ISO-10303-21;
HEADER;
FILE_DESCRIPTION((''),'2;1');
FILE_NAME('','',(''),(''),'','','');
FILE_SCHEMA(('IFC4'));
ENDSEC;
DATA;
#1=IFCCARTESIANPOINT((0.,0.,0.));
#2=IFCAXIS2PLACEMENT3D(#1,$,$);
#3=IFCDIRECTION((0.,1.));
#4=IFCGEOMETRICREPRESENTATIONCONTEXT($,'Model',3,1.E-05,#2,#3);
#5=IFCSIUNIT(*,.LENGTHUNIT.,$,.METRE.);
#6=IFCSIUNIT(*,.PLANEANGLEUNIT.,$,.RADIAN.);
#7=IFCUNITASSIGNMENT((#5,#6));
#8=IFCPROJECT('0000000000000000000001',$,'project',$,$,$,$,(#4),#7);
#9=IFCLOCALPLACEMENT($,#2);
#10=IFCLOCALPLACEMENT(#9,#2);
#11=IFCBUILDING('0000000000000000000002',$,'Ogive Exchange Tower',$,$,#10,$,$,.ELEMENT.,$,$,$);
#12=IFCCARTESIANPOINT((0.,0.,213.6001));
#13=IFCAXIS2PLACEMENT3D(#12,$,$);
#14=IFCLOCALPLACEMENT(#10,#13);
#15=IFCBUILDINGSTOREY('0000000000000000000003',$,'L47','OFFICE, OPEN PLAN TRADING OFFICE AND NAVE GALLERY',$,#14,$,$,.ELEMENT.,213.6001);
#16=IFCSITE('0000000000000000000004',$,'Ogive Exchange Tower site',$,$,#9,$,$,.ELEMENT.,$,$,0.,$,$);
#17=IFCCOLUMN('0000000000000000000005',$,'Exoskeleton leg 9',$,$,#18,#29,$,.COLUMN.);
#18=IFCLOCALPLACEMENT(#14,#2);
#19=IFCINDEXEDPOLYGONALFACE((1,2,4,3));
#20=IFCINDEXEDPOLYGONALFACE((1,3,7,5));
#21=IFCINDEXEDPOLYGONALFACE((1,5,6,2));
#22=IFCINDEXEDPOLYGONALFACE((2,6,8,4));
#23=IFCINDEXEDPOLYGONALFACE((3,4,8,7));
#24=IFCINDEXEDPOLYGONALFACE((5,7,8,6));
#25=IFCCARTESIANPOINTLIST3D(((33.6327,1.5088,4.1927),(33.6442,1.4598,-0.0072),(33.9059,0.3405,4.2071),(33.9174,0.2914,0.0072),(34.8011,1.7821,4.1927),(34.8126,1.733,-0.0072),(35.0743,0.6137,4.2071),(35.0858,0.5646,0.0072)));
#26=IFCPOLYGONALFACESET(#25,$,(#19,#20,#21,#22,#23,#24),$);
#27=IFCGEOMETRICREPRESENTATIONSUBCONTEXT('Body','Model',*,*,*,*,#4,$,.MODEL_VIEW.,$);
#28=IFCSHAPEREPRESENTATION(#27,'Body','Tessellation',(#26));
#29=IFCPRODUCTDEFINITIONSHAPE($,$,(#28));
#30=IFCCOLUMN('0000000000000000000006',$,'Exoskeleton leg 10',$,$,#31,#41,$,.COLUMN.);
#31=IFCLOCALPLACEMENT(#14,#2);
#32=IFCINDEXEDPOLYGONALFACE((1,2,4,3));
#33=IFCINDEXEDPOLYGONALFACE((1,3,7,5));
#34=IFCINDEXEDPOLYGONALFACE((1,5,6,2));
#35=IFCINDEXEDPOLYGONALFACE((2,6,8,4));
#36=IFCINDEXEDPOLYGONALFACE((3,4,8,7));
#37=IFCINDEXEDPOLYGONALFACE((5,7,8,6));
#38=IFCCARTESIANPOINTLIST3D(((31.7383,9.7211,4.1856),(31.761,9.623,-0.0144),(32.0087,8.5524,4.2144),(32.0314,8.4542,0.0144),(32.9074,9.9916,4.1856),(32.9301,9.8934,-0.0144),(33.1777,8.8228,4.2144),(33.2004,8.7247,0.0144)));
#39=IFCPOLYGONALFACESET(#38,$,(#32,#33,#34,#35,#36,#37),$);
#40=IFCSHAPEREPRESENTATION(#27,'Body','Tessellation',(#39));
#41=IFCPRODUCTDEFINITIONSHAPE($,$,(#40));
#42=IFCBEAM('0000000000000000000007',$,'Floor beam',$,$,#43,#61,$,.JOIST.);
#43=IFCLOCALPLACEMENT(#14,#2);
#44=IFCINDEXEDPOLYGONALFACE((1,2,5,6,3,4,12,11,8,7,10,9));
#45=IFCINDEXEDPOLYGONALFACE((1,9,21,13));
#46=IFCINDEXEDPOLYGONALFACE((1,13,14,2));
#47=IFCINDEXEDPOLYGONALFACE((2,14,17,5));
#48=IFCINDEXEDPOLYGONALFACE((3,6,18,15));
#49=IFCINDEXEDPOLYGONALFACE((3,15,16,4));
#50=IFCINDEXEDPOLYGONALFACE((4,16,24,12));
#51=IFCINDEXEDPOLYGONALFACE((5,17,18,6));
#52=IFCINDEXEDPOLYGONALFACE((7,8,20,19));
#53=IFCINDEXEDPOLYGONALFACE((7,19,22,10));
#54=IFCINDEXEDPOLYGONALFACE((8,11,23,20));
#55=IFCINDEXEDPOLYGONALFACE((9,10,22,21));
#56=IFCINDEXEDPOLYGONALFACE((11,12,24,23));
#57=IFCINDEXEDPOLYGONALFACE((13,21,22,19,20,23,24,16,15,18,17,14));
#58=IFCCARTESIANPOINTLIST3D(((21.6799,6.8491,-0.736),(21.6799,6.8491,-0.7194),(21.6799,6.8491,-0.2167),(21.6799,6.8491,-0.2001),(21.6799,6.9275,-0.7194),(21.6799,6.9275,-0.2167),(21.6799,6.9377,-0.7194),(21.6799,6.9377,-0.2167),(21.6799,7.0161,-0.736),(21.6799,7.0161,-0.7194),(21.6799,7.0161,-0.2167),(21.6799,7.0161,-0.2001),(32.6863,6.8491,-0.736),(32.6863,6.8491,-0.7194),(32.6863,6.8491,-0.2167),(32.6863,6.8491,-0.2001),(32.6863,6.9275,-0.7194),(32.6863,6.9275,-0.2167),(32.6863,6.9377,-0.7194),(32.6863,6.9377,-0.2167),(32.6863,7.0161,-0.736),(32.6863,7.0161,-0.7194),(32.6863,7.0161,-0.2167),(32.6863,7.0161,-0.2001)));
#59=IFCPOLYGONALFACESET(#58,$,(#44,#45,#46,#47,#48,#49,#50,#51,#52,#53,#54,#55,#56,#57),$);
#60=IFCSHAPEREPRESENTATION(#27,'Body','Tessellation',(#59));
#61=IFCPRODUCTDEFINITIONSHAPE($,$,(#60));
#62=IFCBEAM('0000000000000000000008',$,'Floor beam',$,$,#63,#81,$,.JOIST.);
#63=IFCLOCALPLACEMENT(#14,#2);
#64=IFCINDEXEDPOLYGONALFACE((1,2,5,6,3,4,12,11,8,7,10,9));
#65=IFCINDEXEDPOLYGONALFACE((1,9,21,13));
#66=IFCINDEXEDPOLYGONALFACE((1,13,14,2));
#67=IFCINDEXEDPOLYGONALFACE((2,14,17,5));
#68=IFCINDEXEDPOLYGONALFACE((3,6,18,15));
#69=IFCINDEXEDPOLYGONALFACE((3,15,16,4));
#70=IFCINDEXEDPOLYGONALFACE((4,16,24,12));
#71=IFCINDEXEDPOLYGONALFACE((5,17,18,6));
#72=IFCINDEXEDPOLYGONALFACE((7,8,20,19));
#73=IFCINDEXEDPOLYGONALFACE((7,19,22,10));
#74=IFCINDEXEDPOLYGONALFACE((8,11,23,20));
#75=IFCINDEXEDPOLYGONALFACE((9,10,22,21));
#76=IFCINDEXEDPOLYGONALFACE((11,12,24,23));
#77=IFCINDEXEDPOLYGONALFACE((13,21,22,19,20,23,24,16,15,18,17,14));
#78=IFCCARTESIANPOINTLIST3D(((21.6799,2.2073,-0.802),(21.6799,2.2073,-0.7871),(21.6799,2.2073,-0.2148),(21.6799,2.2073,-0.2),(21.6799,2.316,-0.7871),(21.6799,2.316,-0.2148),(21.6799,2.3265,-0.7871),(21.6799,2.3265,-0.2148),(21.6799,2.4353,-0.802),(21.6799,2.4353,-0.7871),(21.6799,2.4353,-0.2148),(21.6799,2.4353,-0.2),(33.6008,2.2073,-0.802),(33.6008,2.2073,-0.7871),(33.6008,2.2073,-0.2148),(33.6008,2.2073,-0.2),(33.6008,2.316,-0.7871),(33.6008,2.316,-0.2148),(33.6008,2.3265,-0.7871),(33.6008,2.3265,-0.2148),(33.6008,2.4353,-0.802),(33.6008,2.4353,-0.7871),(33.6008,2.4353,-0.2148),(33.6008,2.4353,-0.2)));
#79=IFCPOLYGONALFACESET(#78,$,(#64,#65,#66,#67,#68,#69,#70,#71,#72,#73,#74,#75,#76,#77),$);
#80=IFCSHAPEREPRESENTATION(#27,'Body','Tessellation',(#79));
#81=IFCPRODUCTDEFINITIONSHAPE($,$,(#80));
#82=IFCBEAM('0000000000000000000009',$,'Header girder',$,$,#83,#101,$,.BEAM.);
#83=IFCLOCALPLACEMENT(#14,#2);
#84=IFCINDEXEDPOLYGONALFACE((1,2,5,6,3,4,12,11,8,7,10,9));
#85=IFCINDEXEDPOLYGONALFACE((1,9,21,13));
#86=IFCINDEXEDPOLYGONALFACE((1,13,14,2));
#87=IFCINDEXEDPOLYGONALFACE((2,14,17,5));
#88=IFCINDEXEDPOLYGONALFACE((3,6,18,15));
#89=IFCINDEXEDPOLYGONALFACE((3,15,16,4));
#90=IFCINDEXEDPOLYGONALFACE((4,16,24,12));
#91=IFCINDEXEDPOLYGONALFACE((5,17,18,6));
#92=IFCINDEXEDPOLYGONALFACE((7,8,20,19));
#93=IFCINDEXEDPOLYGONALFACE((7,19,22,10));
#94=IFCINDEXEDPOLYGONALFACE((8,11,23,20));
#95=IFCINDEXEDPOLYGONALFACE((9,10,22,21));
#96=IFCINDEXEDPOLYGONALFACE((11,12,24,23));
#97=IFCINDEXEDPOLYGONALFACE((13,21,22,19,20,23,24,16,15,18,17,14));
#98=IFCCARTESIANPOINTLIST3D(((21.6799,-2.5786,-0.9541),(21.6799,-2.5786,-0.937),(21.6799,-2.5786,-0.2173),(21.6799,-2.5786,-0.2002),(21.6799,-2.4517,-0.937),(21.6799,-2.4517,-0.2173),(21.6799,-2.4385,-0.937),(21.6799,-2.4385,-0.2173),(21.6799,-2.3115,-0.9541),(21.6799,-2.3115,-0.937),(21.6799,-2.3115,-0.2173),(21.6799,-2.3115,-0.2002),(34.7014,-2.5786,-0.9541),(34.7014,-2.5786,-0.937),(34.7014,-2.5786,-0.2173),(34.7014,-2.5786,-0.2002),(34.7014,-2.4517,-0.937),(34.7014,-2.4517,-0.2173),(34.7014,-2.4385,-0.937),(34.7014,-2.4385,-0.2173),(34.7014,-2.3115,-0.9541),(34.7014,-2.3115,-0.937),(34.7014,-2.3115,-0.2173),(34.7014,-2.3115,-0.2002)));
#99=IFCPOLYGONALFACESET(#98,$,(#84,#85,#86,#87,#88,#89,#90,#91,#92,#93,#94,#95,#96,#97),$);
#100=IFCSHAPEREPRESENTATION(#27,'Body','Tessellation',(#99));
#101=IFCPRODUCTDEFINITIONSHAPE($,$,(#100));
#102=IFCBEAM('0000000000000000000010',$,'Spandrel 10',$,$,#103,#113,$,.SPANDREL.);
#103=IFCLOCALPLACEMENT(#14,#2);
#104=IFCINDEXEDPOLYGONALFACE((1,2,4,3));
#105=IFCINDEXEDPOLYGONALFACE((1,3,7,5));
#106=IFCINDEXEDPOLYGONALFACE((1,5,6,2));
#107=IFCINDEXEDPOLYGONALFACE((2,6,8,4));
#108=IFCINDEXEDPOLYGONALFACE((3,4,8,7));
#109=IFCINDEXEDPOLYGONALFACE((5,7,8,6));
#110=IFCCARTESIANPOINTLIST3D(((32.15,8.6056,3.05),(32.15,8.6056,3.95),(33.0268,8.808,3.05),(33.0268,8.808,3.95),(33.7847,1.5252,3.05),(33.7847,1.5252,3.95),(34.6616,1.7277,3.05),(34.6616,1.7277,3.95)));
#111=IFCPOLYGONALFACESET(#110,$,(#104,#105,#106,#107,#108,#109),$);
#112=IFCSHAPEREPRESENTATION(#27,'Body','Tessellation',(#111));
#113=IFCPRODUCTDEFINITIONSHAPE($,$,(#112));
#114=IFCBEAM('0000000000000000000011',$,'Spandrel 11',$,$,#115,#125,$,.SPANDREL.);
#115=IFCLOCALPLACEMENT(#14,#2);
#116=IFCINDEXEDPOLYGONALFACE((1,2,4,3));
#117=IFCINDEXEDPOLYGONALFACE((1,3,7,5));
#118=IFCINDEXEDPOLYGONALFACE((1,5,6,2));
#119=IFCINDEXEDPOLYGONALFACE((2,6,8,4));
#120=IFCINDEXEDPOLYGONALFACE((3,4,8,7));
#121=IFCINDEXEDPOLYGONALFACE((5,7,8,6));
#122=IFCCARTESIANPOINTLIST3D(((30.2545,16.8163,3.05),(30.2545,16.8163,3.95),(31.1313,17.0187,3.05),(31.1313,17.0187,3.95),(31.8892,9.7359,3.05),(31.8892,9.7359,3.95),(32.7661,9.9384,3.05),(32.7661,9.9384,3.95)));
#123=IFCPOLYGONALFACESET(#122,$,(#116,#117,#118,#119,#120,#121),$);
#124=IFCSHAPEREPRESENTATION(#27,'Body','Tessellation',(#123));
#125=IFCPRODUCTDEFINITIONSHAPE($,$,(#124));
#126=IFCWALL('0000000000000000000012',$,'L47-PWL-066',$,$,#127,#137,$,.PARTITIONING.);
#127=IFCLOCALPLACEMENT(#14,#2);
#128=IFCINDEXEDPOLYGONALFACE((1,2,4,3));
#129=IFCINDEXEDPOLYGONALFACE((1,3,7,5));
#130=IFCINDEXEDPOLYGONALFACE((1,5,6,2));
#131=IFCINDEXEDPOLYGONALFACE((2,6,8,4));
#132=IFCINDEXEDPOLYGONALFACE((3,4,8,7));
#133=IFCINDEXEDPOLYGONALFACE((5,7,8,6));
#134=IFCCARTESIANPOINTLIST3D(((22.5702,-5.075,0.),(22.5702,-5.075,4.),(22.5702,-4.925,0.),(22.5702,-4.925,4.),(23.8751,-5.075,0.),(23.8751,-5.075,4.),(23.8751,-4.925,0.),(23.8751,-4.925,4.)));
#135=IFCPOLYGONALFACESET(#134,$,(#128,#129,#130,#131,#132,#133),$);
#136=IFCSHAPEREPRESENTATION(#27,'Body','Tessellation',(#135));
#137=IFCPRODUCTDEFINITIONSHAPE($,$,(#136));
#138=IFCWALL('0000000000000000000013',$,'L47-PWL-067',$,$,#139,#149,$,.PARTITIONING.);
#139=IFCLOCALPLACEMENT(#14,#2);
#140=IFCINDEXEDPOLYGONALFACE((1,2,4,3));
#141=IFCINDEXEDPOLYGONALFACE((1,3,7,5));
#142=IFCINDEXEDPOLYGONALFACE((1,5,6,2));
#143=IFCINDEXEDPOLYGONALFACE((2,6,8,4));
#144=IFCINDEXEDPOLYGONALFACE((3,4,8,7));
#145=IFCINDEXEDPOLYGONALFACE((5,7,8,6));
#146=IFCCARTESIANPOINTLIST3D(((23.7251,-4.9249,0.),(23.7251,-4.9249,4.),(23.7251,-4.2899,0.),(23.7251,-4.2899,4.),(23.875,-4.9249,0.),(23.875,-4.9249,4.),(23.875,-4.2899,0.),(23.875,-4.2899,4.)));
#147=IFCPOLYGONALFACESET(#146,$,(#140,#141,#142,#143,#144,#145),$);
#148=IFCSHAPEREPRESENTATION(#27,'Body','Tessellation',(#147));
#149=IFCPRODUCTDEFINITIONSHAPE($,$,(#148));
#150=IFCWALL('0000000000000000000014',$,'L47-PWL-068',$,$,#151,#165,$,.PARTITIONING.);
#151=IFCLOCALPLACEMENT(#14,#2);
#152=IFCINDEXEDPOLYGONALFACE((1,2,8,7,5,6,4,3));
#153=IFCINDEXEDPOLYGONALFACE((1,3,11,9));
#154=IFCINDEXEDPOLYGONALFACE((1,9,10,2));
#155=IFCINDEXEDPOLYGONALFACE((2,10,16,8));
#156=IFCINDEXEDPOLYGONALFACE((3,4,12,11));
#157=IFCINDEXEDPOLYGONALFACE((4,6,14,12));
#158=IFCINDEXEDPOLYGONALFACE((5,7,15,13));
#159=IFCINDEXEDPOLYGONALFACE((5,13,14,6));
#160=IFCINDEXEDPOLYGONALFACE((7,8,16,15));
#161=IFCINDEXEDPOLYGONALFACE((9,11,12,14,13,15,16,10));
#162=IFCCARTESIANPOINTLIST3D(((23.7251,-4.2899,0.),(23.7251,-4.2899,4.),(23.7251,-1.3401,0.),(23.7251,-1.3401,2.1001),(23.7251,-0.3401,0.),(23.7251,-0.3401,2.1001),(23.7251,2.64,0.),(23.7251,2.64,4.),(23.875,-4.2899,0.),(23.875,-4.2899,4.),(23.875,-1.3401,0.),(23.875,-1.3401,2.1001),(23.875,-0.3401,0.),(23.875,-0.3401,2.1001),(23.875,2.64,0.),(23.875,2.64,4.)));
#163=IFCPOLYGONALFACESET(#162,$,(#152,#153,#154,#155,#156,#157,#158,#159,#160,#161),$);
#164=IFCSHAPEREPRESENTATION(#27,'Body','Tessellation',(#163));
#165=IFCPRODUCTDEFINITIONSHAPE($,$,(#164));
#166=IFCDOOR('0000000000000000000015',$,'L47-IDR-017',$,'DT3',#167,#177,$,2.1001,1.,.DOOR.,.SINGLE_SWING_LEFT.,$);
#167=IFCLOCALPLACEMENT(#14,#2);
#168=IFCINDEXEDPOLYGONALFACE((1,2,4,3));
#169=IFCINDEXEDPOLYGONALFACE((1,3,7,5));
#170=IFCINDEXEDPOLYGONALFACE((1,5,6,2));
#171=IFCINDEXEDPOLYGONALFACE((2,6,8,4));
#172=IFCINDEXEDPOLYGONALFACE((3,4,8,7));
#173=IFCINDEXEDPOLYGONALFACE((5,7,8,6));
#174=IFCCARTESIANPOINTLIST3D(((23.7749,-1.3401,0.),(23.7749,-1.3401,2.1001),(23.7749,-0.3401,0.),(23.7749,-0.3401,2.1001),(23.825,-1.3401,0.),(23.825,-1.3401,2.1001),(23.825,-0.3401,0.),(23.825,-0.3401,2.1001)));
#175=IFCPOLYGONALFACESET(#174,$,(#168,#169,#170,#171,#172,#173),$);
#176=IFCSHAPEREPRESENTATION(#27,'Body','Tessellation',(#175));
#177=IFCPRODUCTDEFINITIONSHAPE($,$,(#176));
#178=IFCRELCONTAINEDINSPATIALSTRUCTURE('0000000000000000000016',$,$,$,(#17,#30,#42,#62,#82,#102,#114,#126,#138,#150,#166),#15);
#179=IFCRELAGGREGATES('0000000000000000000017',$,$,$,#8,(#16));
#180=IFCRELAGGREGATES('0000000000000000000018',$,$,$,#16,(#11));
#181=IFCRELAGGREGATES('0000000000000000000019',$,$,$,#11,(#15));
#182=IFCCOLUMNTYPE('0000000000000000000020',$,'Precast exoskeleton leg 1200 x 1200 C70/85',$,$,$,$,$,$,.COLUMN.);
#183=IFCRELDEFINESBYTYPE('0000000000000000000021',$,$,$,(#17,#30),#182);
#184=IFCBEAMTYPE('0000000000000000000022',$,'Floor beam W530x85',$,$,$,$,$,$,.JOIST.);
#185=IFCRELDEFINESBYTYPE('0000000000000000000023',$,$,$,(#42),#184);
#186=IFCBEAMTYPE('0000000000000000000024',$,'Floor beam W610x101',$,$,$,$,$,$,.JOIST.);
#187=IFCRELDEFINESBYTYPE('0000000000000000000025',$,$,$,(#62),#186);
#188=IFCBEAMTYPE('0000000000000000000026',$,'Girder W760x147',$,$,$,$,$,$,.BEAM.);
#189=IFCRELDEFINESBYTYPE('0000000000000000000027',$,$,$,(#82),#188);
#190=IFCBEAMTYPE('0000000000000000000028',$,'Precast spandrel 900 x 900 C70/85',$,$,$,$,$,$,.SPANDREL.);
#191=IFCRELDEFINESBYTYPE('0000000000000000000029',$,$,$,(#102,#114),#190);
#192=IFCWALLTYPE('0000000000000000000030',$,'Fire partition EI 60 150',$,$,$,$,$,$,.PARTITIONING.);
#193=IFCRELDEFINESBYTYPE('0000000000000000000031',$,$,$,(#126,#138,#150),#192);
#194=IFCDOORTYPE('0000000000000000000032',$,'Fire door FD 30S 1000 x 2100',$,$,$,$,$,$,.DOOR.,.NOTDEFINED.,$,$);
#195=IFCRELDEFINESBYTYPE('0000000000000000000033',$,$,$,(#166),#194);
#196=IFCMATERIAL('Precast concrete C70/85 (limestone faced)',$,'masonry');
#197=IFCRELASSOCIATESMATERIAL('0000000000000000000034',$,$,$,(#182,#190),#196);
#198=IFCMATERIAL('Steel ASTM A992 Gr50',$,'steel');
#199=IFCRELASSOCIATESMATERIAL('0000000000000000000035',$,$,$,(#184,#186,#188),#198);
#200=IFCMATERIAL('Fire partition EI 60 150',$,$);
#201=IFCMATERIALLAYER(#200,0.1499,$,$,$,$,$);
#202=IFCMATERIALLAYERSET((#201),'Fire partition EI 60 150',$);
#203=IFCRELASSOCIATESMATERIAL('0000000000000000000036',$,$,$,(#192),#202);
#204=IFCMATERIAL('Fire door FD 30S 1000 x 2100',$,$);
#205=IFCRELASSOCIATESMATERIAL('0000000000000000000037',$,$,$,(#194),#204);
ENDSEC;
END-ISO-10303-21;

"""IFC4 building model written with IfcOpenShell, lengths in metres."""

from ifc_helpers import new_model, si_unit, direction, frame, frame_2d, origin, origin_2d, place, context, subcontext, project, spatial, rectangle, i_section, extrude, material, layer, layer_set, material_profile, profile_set, type_object, element, fill, save


model = new_model("IFC4")

# Units and contexts
model_context = context("Model", 3, precision=1e-05, world=origin(), true_north=direction((0.0, 1.0)))
body_context = subcontext(model_context, "Body", "Model", "MODEL_VIEW")
ifc_project = project(units=[si_unit("LENGTHUNIT", "METRE"), si_unit("PLANEANGLEUNIT", "RADIAN")], contexts=[model_context])

# Site, building, storey
site_placement = place(None, origin())
site = spatial("IfcSite", under=ifc_project, at=site_placement, Name="Ogive Exchange Tower site", CompositionType="ELEMENT", RefElevation=0.0)
building_placement = place(site_placement, origin())
building = spatial("IfcBuilding", under=site, at=building_placement, Name="Ogive Exchange Tower", CompositionType="ELEMENT")
storey_placement = place(building_placement, frame((0.0, 0.0, 213.6001)))
storey = spatial("IfcBuildingStorey", under=building, at=storey_placement, Name="L47", Description="OFFICE, OPEN PLAN TRADING OFFICE AND NAVE GALLERY", CompositionType="ELEMENT", Elevation=213.6001)

# Columns
ifc_material_1 = material(Name="Precast concrete C70/85 (limestone faced)", Category="masonry")
ifc_material_profile_1 = material_profile(ifc_material_1, rectangle(XDim=1.2, YDim=1.2, at=origin_2d()), Name="1200 x 1200")
ifc_profile_set_1 = profile_set([ifc_material_profile_1], Name="Precast concrete C70/85 (limestone faced)")
column_type = type_object("IfcColumnType", Name="Precast exoskeleton leg 1200 x 1200 C70/85", PredefinedType="COLUMN", material=ifc_profile_set_1)
column_1_placement = place(storey_placement, frame((34.365, 1.0122, 0.0), z_axis=(-0.002732, 0.011683, 0.999928), x_axis=(-0.973734, -0.227689, 0.0)))
element("IfcColumn", 1, at=column_1_placement, inside=storey, type_object=column_type, Name="Exoskeleton leg 9", PredefinedType="COLUMN", context=body_context, shape_type="SweptSolid", body=[
    extrude(rectangle(XDim=1.2, YDim=1.2, at=origin_2d()), origin(), (0.0, 0.0, 1.0), 4.2002),
])
column_2_placement = place(storey_placement, frame((32.4807, 9.1738, 0.0), z_axis=(-0.005404, 0.023361, 0.999712), x_axis=(-0.974269, -0.22539, 0.0)))
element("IfcColumn", 2, at=column_2_placement, inside=storey, type_object=column_type, Name="Exoskeleton leg 10", PredefinedType="COLUMN", context=body_context, shape_type="SweptSolid", body=[
    extrude(rectangle(XDim=1.2, YDim=1.2, at=origin_2d()), origin(), (0.0, 0.0, 1.0), 4.2012),
])

# Beams
ifc_material_2 = material(Name="Steel ASTM A992 Gr50", Category="steel")
ifc_material_profile_2 = material_profile(ifc_material_2, i_section(OverallWidth=0.167, OverallDepth=0.5359, WebThickness=0.0103, FlangeThickness=0.0166, at=origin_2d()), Name="W530x85")
ifc_profile_set_2 = profile_set([ifc_material_profile_2], Name="Steel ASTM A992 Gr50")
beam_type_1 = type_object("IfcBeamType", Name="Floor beam W530x85", PredefinedType="JOIST", material=ifc_profile_set_2)
beam_1_placement = place(storey_placement, frame((21.6799, 6.9326, -0.468), z_axis=(1.0, 0.0, 0.0), x_axis=(0.0, 1.0, 0.0)))
element("IfcBeam", 3, at=beam_1_placement, inside=storey, type_object=beam_type_1, Name="Floor beam", PredefinedType="JOIST", context=body_context, shape_type="SweptSolid", body=[
    extrude(i_section(OverallWidth=0.167, OverallDepth=0.5359, WebThickness=0.0103, FlangeThickness=0.0166, at=origin_2d()), origin(), (0.0, 0.0, 1.0), 11.0063),
])
ifc_material_profile_3 = material_profile(ifc_material_2, i_section(OverallWidth=0.228, OverallDepth=0.6021, WebThickness=0.0105, FlangeThickness=0.0149, at=origin_2d()), Name="W610x101")
ifc_profile_set_3 = profile_set([ifc_material_profile_3], Name="Steel ASTM A992 Gr50")
beam_type_2 = type_object("IfcBeamType", Name="Floor beam W610x101", PredefinedType="JOIST", material=ifc_profile_set_3)
beam_2_placement = place(storey_placement, frame((21.6799, 2.3213, -0.501), z_axis=(1.0, 0.0, 0.0), x_axis=(0.0, 1.0, 0.0)))
element("IfcBeam", 4, at=beam_2_placement, inside=storey, type_object=beam_type_2, Name="Floor beam", PredefinedType="JOIST", context=body_context, shape_type="SweptSolid", body=[
    extrude(i_section(OverallWidth=0.228, OverallDepth=0.6021, WebThickness=0.0105, FlangeThickness=0.0149, at=origin_2d()), origin(), (0.0, 0.0, 1.0), 11.9209),
])
ifc_material_profile_4 = material_profile(ifc_material_2, i_section(OverallWidth=0.2671, OverallDepth=0.7539, WebThickness=0.0132, FlangeThickness=0.0171, at=origin_2d()), Name="W760x147")
ifc_profile_set_4 = profile_set([ifc_material_profile_4], Name="Steel ASTM A992 Gr50")
beam_type_3 = type_object("IfcBeamType", Name="Girder W760x147", PredefinedType="BEAM", material=ifc_profile_set_4)
beam_3_placement = place(storey_placement, frame((21.6799, -2.4451, -0.5771), z_axis=(1.0, 0.0, 0.0), x_axis=(0.0, 1.0, 0.0)))
element("IfcBeam", 5, at=beam_3_placement, inside=storey, type_object=beam_type_3, Name="Header girder", PredefinedType="BEAM", context=body_context, shape_type="SweptSolid", body=[
    extrude(i_section(OverallWidth=0.2671, OverallDepth=0.7539, WebThickness=0.0132, FlangeThickness=0.0171, at=origin_2d()), origin(), (0.0, 0.0, 1.0), 13.0215),
])
ifc_material_profile_5 = material_profile(ifc_material_1, rectangle(XDim=0.8999, YDim=0.8999, at=origin_2d()), Name="900 x 900")
ifc_profile_set_5 = profile_set([ifc_material_profile_5], Name="Precast concrete C70/85 (limestone faced)")
beam_type_4 = type_object("IfcBeamType", Name="Precast spandrel 900 x 900 C70/85", PredefinedType="SPANDREL", material=ifc_profile_set_5)
for number, where, z_axis, x_axis, name in (
    (6, (34.2231, 1.6265, 3.5), (-0.22497, 0.974366, 0.0), (-0.974366, -0.22497, 0.0), "Spandrel 10"),
    (7, (32.3276, 9.8372, 3.5), (-0.22497, 0.974366, 0.0), (-0.974366, -0.22497, 0.0), "Spandrel 11"),
):
    element("IfcBeam", number, at=place(storey_placement, frame(where, z_axis=z_axis, x_axis=x_axis)), inside=storey, type_object=beam_type_4, Name=name, PredefinedType="SPANDREL", context=body_context, shape_type="SweptSolid", body=[
        extrude(rectangle(XDim=0.8999, YDim=0.8999, at=origin_2d()), origin(), (0.0, 0.0, 1.0), 7.2666),
    ])

# Walls
ifc_material_3 = material(Name="Fire partition EI 60 150")
ifc_layer_1 = layer(ifc_material_3, 0.1499)
ifc_layer_set_1 = layer_set([ifc_layer_1], Name="Fire partition EI 60 150")
wall_type_1 = type_object("IfcWallType", Name="Fire partition EI 60 150", PredefinedType="PARTITIONING", material=ifc_layer_set_1)
wall_1_placement = place(storey_placement, frame((23.875, -5.0, 0.0), z_axis=(0.0, 0.0, 1.0), x_axis=(-1.0, 0.0, 0.0)))
element("IfcWall", 8, at=wall_1_placement, inside=storey, type_object=wall_type_1, Name="L47-PWL-066", PredefinedType="PARTITIONING", context=body_context, shape_type="SweptSolid", body=[
    extrude(rectangle(XDim=1.3049, YDim=0.1499, at=frame_2d((0.6523, 0.0))), origin(), (0.0, 0.0, 1.0), 4.0),
])
wall_2_placement = place(storey_placement, frame((23.8, -4.29, 0.0), z_axis=(0.0, 0.0, 1.0), x_axis=(0.0, -1.0, 0.0)))
element("IfcWall", 9, at=wall_2_placement, inside=storey, type_object=wall_type_1, Name="L47-PWL-067", PredefinedType="PARTITIONING", context=body_context, shape_type="SweptSolid", body=[
    extrude(rectangle(XDim=0.635, YDim=0.1499, at=frame_2d((0.3174, 0.0))), origin(), (0.0, 0.0, 1.0), 4.0),
])

# Wall, opening, door
wall_3_placement = place(storey_placement, frame((23.8, 2.6399, 0.0), z_axis=(0.0, 0.0, 1.0), x_axis=(0.0, -1.0, 0.0)))
wall_3 = element("IfcWall", 10, at=wall_3_placement, inside=storey, type_object=wall_type_1, Name="L47-PWL-068", PredefinedType="PARTITIONING", context=body_context, shape_type="SweptSolid", body=[
    extrude(rectangle(XDim=6.9299, YDim=0.1499, at=frame_2d((3.4648, 0.0))), origin(), (0.0, 0.0, 1.0), 4.0),
])
opening_1_placement = place(wall_3_placement, frame((2.98, 0.0, 0.0)))
opening_1 = element("IfcOpeningElement", 11, at=opening_1_placement, cuts=wall_3, PredefinedType="OPENING", context=body_context, shape_type="SweptSolid", body=[
    extrude(rectangle(XDim=1.0, YDim=2.1001, at=frame_2d((0.5, 1.05))), frame((0.0, 0.085, 0.0), z_axis=(0.0, -1.0, 0.0), x_axis=(1.0, 0.0, 0.0)), (0.0, 0.0, 1.0), 0.1699),
])
ifc_material_4 = material(Name="Fire door FD 30S 1000 x 2100")
door_type_1 = type_object("IfcDoorType", Name="Fire door FD 30S 1000 x 2100", OperationType="NOTDEFINED", PredefinedType="DOOR", material=ifc_material_4)
door_1_placement = place(opening_1_placement, origin())
door_1 = element("IfcDoor", 12, at=door_1_placement, inside=storey, type_object=door_type_1, Name="L47-IDR-017", ObjectType="DT3", OperationType="SINGLE_SWING_LEFT", OverallHeight=2.1001, OverallWidth=1.0, PredefinedType="DOOR", context=body_context, shape_type="SweptSolid", body=[
    extrude(rectangle(XDim=1.0, YDim=2.1001, at=frame_2d((0.5, 1.05))), frame((0.0, 0.0249, 0.0), z_axis=(0.0, -1.0, 0.0), x_axis=(1.0, 0.0, 0.0)), (0.0, 0.0, 1.0), 0.05),
])
fill(opening_1, door_1)

save(model, "model.ifc")
